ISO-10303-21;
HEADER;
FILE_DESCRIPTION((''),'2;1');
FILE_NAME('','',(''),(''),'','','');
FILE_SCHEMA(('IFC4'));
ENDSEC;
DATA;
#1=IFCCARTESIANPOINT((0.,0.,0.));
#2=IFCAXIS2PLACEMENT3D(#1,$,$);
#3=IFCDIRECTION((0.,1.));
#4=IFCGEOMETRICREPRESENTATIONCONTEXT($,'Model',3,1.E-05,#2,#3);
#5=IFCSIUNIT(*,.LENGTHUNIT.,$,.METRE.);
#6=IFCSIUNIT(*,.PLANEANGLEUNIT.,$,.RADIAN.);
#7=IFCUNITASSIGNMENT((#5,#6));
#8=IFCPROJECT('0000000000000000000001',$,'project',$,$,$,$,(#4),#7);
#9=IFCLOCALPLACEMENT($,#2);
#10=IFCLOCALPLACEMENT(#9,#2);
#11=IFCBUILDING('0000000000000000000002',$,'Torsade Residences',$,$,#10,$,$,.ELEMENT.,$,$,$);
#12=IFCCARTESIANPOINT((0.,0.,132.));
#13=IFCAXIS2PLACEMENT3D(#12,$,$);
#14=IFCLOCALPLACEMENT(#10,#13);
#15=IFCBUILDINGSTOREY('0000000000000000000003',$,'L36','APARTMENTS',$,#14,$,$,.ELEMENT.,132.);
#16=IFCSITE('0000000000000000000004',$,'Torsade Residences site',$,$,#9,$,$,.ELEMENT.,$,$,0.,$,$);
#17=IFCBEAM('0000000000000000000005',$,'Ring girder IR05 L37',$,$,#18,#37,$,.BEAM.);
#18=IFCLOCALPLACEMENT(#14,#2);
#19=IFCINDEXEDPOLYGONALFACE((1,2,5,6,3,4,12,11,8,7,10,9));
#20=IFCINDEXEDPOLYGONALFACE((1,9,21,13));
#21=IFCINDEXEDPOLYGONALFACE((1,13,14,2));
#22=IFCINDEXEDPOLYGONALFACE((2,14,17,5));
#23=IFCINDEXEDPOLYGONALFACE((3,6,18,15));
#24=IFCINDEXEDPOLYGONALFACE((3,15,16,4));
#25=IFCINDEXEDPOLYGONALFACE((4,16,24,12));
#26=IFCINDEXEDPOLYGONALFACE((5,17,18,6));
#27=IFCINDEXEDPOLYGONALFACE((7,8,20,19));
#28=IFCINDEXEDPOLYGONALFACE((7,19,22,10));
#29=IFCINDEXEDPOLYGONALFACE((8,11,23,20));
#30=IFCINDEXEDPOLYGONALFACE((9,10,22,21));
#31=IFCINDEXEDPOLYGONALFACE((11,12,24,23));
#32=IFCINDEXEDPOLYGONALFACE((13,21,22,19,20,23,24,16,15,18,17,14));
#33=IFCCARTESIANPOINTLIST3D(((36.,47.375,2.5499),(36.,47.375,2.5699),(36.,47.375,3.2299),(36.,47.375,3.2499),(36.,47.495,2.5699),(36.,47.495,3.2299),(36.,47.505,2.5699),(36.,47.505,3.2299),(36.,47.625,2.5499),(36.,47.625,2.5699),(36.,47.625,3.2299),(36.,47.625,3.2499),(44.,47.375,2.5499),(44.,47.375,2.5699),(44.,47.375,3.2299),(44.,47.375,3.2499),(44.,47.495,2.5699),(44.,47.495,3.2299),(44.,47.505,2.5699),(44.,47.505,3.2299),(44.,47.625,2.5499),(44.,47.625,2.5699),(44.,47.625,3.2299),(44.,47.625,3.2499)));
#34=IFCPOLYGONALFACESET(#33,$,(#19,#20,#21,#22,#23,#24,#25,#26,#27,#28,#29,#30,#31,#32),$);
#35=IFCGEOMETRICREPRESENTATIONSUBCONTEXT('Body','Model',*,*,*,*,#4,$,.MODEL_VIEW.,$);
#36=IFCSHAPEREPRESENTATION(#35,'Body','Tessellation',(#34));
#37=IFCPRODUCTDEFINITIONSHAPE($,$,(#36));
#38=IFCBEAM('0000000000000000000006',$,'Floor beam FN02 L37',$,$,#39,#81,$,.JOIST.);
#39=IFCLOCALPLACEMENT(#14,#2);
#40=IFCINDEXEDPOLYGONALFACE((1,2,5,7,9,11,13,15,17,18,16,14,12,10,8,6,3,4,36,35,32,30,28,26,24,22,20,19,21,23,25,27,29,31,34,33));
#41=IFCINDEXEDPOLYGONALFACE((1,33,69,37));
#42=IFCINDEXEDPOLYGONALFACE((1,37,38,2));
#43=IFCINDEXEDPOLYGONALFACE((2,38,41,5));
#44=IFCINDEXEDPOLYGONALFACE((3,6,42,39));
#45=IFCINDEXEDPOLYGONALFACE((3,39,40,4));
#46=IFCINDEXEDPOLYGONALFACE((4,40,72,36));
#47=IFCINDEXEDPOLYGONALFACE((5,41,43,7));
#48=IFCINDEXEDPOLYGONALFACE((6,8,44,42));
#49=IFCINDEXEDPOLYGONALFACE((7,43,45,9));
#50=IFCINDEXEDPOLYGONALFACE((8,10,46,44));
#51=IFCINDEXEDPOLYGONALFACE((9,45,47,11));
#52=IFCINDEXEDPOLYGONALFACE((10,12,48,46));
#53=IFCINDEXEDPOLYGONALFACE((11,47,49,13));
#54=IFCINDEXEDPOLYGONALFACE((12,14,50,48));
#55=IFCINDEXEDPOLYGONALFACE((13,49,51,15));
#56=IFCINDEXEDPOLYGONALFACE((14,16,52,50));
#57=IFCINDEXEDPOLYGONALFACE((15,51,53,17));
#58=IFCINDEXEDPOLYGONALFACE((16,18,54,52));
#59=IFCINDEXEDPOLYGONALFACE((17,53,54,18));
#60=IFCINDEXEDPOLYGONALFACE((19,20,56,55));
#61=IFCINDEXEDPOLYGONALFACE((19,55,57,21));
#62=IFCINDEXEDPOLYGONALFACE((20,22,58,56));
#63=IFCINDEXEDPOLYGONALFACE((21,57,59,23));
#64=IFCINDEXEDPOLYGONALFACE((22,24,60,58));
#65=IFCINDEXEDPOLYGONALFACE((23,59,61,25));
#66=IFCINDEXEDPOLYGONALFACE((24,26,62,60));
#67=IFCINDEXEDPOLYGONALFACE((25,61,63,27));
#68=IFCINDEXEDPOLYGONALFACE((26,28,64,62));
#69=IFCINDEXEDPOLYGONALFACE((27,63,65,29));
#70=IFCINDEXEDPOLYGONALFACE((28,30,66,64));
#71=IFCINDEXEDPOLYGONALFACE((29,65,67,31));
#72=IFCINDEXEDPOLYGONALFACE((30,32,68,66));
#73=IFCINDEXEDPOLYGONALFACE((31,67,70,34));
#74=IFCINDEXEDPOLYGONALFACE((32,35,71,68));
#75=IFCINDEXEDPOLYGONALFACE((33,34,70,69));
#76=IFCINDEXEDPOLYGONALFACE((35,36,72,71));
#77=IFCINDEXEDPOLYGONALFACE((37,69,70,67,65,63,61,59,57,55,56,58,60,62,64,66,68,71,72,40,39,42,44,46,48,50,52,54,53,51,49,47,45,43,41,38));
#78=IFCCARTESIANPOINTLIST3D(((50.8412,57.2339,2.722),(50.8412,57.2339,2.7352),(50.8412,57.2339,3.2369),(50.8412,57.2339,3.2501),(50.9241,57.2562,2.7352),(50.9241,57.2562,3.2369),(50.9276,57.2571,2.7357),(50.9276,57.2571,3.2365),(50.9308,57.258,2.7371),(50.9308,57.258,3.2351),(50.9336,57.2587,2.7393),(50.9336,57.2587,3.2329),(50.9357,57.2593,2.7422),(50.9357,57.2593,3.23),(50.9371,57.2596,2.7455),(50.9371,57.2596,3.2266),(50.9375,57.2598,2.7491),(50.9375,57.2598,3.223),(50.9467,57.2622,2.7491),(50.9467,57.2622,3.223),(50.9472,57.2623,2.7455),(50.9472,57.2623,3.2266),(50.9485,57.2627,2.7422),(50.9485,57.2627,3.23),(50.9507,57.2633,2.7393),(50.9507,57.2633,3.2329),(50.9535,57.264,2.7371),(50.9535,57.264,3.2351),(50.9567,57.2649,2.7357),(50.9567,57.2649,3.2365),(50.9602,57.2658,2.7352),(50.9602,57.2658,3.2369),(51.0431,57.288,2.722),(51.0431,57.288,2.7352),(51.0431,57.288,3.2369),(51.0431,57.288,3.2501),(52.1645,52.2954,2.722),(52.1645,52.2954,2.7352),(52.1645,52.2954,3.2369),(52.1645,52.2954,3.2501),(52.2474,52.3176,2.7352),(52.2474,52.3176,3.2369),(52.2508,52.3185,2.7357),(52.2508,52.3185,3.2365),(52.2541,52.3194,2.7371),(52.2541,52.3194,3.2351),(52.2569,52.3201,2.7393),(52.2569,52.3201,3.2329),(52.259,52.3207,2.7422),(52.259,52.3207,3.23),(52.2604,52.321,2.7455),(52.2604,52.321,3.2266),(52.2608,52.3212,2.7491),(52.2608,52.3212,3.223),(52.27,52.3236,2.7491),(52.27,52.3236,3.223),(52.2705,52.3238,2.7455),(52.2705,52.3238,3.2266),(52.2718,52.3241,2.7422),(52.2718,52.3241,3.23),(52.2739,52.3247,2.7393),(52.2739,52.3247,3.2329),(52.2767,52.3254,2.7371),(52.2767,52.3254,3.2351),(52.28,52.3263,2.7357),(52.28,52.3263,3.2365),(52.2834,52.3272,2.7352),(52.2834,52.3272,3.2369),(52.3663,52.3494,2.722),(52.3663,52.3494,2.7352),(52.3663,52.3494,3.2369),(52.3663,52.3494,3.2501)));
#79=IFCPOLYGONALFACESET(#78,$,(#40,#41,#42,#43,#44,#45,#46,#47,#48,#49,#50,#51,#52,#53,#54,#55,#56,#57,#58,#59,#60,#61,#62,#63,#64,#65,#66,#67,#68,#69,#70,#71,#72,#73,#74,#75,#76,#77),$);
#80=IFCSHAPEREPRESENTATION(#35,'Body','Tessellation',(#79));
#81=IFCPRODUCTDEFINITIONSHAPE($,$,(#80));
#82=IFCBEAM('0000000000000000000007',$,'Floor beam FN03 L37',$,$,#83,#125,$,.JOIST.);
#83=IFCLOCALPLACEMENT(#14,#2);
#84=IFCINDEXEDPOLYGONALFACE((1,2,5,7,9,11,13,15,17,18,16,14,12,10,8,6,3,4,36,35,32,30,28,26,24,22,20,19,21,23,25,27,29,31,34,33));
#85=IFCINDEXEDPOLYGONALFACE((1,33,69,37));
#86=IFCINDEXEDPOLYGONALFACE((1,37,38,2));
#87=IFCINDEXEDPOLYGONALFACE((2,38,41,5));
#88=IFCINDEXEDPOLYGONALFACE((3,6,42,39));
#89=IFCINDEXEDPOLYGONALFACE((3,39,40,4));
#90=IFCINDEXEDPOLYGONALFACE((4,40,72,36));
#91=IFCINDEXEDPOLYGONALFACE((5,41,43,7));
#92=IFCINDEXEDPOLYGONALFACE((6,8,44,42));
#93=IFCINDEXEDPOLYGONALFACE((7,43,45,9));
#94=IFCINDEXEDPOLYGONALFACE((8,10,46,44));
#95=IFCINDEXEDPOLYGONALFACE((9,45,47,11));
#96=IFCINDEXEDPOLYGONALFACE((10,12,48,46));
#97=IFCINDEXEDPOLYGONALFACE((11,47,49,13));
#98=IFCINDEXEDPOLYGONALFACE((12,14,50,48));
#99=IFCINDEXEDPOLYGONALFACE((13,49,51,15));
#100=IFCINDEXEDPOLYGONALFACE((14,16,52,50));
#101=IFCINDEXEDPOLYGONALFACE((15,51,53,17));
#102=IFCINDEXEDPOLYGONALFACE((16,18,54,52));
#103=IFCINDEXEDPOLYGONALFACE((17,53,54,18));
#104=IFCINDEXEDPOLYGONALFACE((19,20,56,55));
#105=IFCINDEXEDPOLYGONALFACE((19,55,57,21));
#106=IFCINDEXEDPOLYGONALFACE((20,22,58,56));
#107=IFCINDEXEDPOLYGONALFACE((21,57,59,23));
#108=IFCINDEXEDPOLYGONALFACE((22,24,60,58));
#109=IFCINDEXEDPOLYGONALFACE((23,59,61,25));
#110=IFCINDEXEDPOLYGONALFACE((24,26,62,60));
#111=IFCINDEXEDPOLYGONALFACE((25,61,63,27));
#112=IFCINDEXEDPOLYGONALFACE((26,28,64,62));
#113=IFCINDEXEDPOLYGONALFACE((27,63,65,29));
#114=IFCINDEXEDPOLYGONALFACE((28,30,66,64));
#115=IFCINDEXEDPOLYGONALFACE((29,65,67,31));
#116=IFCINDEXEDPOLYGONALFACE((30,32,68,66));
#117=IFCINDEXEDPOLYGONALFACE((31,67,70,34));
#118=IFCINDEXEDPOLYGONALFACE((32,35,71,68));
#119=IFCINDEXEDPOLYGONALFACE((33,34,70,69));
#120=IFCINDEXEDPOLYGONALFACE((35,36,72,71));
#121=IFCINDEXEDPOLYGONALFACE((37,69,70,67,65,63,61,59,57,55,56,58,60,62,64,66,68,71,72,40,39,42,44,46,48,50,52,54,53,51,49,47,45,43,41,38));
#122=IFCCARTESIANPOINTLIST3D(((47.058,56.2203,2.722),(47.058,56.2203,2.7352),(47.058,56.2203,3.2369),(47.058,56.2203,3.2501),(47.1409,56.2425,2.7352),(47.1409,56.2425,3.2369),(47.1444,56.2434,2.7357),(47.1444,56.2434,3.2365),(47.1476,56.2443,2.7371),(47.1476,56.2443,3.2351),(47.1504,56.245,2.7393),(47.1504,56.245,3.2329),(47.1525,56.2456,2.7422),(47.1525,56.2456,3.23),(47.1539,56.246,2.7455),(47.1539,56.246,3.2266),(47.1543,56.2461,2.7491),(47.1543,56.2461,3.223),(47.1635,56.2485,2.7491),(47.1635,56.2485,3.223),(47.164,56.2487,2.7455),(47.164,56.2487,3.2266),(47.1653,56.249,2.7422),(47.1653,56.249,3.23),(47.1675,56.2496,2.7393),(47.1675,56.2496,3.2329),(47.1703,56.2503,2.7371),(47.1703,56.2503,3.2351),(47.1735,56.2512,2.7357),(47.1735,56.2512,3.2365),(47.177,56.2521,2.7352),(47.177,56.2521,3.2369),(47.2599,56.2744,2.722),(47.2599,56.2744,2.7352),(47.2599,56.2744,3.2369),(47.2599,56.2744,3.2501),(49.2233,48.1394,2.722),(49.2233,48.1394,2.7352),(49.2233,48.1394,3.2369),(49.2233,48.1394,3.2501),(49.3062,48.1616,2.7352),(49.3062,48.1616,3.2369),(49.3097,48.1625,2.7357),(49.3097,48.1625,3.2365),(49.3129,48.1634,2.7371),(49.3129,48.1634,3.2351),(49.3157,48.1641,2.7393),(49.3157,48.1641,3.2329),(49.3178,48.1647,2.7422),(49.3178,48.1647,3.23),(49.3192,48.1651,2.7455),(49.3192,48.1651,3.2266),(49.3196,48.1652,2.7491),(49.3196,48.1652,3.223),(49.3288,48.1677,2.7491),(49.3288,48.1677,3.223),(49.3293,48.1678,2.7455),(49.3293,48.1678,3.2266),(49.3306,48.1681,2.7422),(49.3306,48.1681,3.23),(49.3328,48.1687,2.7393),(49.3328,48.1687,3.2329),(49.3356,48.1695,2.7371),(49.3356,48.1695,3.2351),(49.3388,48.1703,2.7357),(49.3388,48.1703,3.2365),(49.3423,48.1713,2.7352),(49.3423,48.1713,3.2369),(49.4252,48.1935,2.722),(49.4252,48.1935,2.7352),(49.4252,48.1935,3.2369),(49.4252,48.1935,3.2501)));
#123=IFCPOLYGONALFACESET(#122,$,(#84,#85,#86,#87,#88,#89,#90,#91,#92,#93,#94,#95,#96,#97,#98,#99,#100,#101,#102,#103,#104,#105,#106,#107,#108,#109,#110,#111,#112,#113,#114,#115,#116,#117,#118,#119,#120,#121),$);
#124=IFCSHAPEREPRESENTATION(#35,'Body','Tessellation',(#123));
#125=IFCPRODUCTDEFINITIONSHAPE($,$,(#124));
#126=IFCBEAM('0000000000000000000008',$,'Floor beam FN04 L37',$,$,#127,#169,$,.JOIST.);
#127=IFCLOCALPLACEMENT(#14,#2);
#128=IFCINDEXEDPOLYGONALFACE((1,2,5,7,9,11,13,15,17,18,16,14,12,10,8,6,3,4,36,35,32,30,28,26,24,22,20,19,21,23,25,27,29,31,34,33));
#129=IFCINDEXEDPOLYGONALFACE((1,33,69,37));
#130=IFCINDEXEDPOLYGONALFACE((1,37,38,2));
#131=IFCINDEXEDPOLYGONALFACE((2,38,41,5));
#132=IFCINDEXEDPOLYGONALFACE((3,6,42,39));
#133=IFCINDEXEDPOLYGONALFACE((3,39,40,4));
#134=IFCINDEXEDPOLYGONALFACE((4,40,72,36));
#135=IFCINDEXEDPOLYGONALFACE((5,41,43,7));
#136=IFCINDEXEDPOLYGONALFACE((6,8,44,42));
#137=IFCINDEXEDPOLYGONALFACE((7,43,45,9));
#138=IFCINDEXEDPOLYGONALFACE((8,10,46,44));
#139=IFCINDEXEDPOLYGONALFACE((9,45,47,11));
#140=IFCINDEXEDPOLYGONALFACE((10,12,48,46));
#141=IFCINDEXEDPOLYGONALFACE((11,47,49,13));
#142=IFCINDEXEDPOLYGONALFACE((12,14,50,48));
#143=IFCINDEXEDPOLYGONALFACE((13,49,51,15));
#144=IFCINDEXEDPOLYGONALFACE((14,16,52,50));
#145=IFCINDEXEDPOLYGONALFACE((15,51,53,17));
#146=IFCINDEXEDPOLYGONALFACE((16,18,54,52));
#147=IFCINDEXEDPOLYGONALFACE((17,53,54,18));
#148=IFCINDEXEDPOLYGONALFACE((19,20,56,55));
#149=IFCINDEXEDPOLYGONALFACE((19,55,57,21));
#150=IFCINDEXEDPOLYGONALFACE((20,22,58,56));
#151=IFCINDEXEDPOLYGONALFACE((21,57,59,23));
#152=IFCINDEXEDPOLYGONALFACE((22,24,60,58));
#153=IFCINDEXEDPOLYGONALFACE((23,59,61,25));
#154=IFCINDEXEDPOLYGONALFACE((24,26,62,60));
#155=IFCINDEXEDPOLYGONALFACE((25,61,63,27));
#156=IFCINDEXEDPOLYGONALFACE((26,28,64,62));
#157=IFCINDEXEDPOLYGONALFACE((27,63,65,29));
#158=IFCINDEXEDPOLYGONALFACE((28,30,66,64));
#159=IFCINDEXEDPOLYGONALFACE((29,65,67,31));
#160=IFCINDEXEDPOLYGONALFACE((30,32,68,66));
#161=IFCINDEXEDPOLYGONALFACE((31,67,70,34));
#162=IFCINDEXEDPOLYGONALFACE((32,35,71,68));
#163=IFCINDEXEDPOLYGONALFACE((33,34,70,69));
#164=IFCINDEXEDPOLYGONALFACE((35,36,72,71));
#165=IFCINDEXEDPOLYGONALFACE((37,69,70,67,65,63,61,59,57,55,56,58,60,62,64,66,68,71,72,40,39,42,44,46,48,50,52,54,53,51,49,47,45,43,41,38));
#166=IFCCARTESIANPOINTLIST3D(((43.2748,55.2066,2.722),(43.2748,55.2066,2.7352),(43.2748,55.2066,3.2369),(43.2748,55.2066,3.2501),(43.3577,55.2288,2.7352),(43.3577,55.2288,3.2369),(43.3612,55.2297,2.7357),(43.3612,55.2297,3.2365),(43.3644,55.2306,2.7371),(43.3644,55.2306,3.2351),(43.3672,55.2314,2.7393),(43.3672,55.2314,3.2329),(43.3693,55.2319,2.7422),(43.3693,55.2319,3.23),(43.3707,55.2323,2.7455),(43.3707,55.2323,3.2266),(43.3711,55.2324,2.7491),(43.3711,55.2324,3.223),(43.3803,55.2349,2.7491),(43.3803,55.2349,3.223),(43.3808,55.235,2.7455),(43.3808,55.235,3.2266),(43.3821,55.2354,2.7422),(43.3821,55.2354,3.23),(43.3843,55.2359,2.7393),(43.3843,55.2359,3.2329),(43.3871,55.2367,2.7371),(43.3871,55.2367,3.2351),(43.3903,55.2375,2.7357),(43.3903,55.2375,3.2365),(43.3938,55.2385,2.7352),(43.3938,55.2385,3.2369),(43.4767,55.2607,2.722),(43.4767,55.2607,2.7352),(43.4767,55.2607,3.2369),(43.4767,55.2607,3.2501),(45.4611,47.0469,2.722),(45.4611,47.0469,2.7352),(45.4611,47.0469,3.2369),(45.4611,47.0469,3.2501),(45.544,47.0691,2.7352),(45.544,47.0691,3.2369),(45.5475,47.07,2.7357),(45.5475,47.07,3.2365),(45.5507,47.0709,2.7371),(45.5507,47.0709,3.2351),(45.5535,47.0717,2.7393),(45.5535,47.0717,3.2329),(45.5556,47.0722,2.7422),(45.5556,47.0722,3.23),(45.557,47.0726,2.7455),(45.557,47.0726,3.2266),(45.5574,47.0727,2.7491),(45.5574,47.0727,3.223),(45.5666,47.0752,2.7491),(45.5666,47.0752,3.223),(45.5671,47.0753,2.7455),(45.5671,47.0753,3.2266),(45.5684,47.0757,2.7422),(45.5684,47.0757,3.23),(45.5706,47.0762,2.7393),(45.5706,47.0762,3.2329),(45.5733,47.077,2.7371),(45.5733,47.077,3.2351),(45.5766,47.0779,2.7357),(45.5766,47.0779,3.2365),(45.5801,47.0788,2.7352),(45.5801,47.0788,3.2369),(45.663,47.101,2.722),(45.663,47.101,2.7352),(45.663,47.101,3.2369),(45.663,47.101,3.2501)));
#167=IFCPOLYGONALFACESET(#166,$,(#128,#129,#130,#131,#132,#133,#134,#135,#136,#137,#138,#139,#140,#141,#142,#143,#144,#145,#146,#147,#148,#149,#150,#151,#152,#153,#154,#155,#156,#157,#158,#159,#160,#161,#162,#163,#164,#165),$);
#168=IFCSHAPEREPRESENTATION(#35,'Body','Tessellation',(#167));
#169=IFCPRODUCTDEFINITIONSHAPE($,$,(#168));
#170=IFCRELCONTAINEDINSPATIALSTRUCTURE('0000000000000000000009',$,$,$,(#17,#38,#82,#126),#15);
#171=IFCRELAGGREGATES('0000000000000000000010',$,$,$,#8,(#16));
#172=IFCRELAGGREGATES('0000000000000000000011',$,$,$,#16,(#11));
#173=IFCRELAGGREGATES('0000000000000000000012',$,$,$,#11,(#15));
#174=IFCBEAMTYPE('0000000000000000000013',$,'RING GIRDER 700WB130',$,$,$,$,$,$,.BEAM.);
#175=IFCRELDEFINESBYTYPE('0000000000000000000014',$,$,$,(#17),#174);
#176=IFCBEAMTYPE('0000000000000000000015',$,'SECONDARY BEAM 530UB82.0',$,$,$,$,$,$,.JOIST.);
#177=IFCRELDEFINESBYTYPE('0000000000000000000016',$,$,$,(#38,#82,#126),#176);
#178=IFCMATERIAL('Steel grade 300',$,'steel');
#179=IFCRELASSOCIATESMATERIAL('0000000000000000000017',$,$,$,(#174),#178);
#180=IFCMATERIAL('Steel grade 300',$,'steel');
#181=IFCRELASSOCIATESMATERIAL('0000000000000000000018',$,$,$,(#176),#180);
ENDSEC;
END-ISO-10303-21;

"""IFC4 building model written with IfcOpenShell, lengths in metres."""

from ifc_helpers import new_model, si_unit, direction, frame, origin, origin_2d, place, context, subcontext, project, spatial, i_section, extrude, material, material_profile, profile_set, type_object, element, save


model = new_model("IFC4")

# Units and contexts
model_context = context("Model", 3, precision=1e-05, world=origin(), true_north=direction((0.0, 1.0)))
body_context = subcontext(model_context, "Body", "Model", "MODEL_VIEW")
ifc_project = project(units=[si_unit("LENGTHUNIT", "METRE"), si_unit("PLANEANGLEUNIT", "RADIAN")], contexts=[model_context])

# Site, building, storey
site_placement = place(None, origin())
site = spatial("IfcSite", under=ifc_project, at=site_placement, Name="Torsade Residences site", CompositionType="ELEMENT", RefElevation=0.0)
building_placement = place(site_placement, origin())
building = spatial("IfcBuilding", under=site, at=building_placement, Name="Torsade Residences", CompositionType="ELEMENT")
storey_placement = place(building_placement, frame((0.0, 0.0, 132.0)))
storey = spatial("IfcBuildingStorey", under=building, at=storey_placement, Name="L36", Description="APARTMENTS", CompositionType="ELEMENT", Elevation=132.0)

# Beams
ifc_material_1 = material(Name="Steel grade 300", Category="steel")
ifc_material_profile_1 = material_profile(ifc_material_1, i_section(OverallWidth=0.25, OverallDepth=0.7, WebThickness=0.01, FlangeThickness=0.02, at=origin_2d()), Name="700WB130")
ifc_profile_set_1 = profile_set([ifc_material_profile_1], Name="Steel grade 300")
beam_type_1 = type_object("IfcBeamType", Name="RING GIRDER 700WB130", PredefinedType="BEAM", material=ifc_profile_set_1)
beam_1_placement = place(storey_placement, frame((44.0, 47.5, 2.8999), z_axis=(-1.0, 0.0, 0.0), x_axis=(0.0, -1.0, 0.0)))
element("IfcBeam", 1, at=beam_1_placement, inside=storey, type_object=beam_type_1, Name="Ring girder IR05 L37", PredefinedType="BEAM", context=body_context, shape_type="SweptSolid", body=[
    extrude(i_section(OverallWidth=0.25, OverallDepth=0.7, WebThickness=0.01, FlangeThickness=0.02, at=origin_2d()), origin(), (0.0, 0.0, 1.0), 8.0),
])
ifc_material_2 = material(Name="Steel grade 300", Category="steel")
ifc_material_profile_2 = material_profile(ifc_material_2, i_section(OverallWidth=0.209, OverallDepth=0.5281, WebThickness=0.0095, FlangeThickness=0.0132, FilletRadius=0.0139, at=origin_2d()), Name="530UB82.0")
ifc_profile_set_2 = profile_set([ifc_material_profile_2], Name="Steel grade 300")
beam_type_2 = type_object("IfcBeamType", Name="SECONDARY BEAM 530UB82.0", PredefinedType="JOIST", material=ifc_profile_set_2)
beam_2_placement = place(storey_placement, frame((50.9421, 57.261, 2.9861), z_axis=(0.258816, -0.965927, 0.0), x_axis=(0.965927, 0.258816, 0.0)))
element("IfcBeam", 2, at=beam_2_placement, inside=storey, type_object=beam_type_2, Name="Floor beam FN02 L37", PredefinedType="JOIST", context=body_context, shape_type="SweptSolid", body=[
    extrude(i_section(OverallWidth=0.209, OverallDepth=0.5281, WebThickness=0.0095, FlangeThickness=0.0132, FilletRadius=0.0139, at=origin_2d()), origin(), (0.0, 0.0, 1.0), 5.1128),
])
beam_3_placement = place(storey_placement, frame((47.1589, 56.2473, 2.9861), z_axis=(0.258823, -0.965925, 0.0), x_axis=(0.965925, 0.258823, 0.0)))
element("IfcBeam", 3, at=beam_3_placement, inside=storey, type_object=beam_type_2, Name="Floor beam FN03 L37", PredefinedType="JOIST", context=body_context, shape_type="SweptSolid", body=[
    extrude(i_section(OverallWidth=0.209, OverallDepth=0.5281, WebThickness=0.0095, FlangeThickness=0.0132, FilletRadius=0.0139, at=origin_2d()), origin(), (0.0, 0.0, 1.0), 8.366),
])
beam_4_placement = place(storey_placement, frame((43.3757, 55.2336, 2.9861), z_axis=(0.258808, -0.965929, 0.0), x_axis=(0.965929, 0.258808, 0.0)))
element("IfcBeam", 4, at=beam_4_placement, inside=storey, type_object=beam_type_2, Name="Floor beam FN04 L37", PredefinedType="JOIST", context=body_context, shape_type="SweptSolid", body=[
    extrude(i_section(OverallWidth=0.209, OverallDepth=0.5281, WebThickness=0.0095, FlangeThickness=0.0132, FilletRadius=0.0139, at=origin_2d()), origin(), (0.0, 0.0, 1.0), 8.4475),
])

save(model, "model.ifc")
